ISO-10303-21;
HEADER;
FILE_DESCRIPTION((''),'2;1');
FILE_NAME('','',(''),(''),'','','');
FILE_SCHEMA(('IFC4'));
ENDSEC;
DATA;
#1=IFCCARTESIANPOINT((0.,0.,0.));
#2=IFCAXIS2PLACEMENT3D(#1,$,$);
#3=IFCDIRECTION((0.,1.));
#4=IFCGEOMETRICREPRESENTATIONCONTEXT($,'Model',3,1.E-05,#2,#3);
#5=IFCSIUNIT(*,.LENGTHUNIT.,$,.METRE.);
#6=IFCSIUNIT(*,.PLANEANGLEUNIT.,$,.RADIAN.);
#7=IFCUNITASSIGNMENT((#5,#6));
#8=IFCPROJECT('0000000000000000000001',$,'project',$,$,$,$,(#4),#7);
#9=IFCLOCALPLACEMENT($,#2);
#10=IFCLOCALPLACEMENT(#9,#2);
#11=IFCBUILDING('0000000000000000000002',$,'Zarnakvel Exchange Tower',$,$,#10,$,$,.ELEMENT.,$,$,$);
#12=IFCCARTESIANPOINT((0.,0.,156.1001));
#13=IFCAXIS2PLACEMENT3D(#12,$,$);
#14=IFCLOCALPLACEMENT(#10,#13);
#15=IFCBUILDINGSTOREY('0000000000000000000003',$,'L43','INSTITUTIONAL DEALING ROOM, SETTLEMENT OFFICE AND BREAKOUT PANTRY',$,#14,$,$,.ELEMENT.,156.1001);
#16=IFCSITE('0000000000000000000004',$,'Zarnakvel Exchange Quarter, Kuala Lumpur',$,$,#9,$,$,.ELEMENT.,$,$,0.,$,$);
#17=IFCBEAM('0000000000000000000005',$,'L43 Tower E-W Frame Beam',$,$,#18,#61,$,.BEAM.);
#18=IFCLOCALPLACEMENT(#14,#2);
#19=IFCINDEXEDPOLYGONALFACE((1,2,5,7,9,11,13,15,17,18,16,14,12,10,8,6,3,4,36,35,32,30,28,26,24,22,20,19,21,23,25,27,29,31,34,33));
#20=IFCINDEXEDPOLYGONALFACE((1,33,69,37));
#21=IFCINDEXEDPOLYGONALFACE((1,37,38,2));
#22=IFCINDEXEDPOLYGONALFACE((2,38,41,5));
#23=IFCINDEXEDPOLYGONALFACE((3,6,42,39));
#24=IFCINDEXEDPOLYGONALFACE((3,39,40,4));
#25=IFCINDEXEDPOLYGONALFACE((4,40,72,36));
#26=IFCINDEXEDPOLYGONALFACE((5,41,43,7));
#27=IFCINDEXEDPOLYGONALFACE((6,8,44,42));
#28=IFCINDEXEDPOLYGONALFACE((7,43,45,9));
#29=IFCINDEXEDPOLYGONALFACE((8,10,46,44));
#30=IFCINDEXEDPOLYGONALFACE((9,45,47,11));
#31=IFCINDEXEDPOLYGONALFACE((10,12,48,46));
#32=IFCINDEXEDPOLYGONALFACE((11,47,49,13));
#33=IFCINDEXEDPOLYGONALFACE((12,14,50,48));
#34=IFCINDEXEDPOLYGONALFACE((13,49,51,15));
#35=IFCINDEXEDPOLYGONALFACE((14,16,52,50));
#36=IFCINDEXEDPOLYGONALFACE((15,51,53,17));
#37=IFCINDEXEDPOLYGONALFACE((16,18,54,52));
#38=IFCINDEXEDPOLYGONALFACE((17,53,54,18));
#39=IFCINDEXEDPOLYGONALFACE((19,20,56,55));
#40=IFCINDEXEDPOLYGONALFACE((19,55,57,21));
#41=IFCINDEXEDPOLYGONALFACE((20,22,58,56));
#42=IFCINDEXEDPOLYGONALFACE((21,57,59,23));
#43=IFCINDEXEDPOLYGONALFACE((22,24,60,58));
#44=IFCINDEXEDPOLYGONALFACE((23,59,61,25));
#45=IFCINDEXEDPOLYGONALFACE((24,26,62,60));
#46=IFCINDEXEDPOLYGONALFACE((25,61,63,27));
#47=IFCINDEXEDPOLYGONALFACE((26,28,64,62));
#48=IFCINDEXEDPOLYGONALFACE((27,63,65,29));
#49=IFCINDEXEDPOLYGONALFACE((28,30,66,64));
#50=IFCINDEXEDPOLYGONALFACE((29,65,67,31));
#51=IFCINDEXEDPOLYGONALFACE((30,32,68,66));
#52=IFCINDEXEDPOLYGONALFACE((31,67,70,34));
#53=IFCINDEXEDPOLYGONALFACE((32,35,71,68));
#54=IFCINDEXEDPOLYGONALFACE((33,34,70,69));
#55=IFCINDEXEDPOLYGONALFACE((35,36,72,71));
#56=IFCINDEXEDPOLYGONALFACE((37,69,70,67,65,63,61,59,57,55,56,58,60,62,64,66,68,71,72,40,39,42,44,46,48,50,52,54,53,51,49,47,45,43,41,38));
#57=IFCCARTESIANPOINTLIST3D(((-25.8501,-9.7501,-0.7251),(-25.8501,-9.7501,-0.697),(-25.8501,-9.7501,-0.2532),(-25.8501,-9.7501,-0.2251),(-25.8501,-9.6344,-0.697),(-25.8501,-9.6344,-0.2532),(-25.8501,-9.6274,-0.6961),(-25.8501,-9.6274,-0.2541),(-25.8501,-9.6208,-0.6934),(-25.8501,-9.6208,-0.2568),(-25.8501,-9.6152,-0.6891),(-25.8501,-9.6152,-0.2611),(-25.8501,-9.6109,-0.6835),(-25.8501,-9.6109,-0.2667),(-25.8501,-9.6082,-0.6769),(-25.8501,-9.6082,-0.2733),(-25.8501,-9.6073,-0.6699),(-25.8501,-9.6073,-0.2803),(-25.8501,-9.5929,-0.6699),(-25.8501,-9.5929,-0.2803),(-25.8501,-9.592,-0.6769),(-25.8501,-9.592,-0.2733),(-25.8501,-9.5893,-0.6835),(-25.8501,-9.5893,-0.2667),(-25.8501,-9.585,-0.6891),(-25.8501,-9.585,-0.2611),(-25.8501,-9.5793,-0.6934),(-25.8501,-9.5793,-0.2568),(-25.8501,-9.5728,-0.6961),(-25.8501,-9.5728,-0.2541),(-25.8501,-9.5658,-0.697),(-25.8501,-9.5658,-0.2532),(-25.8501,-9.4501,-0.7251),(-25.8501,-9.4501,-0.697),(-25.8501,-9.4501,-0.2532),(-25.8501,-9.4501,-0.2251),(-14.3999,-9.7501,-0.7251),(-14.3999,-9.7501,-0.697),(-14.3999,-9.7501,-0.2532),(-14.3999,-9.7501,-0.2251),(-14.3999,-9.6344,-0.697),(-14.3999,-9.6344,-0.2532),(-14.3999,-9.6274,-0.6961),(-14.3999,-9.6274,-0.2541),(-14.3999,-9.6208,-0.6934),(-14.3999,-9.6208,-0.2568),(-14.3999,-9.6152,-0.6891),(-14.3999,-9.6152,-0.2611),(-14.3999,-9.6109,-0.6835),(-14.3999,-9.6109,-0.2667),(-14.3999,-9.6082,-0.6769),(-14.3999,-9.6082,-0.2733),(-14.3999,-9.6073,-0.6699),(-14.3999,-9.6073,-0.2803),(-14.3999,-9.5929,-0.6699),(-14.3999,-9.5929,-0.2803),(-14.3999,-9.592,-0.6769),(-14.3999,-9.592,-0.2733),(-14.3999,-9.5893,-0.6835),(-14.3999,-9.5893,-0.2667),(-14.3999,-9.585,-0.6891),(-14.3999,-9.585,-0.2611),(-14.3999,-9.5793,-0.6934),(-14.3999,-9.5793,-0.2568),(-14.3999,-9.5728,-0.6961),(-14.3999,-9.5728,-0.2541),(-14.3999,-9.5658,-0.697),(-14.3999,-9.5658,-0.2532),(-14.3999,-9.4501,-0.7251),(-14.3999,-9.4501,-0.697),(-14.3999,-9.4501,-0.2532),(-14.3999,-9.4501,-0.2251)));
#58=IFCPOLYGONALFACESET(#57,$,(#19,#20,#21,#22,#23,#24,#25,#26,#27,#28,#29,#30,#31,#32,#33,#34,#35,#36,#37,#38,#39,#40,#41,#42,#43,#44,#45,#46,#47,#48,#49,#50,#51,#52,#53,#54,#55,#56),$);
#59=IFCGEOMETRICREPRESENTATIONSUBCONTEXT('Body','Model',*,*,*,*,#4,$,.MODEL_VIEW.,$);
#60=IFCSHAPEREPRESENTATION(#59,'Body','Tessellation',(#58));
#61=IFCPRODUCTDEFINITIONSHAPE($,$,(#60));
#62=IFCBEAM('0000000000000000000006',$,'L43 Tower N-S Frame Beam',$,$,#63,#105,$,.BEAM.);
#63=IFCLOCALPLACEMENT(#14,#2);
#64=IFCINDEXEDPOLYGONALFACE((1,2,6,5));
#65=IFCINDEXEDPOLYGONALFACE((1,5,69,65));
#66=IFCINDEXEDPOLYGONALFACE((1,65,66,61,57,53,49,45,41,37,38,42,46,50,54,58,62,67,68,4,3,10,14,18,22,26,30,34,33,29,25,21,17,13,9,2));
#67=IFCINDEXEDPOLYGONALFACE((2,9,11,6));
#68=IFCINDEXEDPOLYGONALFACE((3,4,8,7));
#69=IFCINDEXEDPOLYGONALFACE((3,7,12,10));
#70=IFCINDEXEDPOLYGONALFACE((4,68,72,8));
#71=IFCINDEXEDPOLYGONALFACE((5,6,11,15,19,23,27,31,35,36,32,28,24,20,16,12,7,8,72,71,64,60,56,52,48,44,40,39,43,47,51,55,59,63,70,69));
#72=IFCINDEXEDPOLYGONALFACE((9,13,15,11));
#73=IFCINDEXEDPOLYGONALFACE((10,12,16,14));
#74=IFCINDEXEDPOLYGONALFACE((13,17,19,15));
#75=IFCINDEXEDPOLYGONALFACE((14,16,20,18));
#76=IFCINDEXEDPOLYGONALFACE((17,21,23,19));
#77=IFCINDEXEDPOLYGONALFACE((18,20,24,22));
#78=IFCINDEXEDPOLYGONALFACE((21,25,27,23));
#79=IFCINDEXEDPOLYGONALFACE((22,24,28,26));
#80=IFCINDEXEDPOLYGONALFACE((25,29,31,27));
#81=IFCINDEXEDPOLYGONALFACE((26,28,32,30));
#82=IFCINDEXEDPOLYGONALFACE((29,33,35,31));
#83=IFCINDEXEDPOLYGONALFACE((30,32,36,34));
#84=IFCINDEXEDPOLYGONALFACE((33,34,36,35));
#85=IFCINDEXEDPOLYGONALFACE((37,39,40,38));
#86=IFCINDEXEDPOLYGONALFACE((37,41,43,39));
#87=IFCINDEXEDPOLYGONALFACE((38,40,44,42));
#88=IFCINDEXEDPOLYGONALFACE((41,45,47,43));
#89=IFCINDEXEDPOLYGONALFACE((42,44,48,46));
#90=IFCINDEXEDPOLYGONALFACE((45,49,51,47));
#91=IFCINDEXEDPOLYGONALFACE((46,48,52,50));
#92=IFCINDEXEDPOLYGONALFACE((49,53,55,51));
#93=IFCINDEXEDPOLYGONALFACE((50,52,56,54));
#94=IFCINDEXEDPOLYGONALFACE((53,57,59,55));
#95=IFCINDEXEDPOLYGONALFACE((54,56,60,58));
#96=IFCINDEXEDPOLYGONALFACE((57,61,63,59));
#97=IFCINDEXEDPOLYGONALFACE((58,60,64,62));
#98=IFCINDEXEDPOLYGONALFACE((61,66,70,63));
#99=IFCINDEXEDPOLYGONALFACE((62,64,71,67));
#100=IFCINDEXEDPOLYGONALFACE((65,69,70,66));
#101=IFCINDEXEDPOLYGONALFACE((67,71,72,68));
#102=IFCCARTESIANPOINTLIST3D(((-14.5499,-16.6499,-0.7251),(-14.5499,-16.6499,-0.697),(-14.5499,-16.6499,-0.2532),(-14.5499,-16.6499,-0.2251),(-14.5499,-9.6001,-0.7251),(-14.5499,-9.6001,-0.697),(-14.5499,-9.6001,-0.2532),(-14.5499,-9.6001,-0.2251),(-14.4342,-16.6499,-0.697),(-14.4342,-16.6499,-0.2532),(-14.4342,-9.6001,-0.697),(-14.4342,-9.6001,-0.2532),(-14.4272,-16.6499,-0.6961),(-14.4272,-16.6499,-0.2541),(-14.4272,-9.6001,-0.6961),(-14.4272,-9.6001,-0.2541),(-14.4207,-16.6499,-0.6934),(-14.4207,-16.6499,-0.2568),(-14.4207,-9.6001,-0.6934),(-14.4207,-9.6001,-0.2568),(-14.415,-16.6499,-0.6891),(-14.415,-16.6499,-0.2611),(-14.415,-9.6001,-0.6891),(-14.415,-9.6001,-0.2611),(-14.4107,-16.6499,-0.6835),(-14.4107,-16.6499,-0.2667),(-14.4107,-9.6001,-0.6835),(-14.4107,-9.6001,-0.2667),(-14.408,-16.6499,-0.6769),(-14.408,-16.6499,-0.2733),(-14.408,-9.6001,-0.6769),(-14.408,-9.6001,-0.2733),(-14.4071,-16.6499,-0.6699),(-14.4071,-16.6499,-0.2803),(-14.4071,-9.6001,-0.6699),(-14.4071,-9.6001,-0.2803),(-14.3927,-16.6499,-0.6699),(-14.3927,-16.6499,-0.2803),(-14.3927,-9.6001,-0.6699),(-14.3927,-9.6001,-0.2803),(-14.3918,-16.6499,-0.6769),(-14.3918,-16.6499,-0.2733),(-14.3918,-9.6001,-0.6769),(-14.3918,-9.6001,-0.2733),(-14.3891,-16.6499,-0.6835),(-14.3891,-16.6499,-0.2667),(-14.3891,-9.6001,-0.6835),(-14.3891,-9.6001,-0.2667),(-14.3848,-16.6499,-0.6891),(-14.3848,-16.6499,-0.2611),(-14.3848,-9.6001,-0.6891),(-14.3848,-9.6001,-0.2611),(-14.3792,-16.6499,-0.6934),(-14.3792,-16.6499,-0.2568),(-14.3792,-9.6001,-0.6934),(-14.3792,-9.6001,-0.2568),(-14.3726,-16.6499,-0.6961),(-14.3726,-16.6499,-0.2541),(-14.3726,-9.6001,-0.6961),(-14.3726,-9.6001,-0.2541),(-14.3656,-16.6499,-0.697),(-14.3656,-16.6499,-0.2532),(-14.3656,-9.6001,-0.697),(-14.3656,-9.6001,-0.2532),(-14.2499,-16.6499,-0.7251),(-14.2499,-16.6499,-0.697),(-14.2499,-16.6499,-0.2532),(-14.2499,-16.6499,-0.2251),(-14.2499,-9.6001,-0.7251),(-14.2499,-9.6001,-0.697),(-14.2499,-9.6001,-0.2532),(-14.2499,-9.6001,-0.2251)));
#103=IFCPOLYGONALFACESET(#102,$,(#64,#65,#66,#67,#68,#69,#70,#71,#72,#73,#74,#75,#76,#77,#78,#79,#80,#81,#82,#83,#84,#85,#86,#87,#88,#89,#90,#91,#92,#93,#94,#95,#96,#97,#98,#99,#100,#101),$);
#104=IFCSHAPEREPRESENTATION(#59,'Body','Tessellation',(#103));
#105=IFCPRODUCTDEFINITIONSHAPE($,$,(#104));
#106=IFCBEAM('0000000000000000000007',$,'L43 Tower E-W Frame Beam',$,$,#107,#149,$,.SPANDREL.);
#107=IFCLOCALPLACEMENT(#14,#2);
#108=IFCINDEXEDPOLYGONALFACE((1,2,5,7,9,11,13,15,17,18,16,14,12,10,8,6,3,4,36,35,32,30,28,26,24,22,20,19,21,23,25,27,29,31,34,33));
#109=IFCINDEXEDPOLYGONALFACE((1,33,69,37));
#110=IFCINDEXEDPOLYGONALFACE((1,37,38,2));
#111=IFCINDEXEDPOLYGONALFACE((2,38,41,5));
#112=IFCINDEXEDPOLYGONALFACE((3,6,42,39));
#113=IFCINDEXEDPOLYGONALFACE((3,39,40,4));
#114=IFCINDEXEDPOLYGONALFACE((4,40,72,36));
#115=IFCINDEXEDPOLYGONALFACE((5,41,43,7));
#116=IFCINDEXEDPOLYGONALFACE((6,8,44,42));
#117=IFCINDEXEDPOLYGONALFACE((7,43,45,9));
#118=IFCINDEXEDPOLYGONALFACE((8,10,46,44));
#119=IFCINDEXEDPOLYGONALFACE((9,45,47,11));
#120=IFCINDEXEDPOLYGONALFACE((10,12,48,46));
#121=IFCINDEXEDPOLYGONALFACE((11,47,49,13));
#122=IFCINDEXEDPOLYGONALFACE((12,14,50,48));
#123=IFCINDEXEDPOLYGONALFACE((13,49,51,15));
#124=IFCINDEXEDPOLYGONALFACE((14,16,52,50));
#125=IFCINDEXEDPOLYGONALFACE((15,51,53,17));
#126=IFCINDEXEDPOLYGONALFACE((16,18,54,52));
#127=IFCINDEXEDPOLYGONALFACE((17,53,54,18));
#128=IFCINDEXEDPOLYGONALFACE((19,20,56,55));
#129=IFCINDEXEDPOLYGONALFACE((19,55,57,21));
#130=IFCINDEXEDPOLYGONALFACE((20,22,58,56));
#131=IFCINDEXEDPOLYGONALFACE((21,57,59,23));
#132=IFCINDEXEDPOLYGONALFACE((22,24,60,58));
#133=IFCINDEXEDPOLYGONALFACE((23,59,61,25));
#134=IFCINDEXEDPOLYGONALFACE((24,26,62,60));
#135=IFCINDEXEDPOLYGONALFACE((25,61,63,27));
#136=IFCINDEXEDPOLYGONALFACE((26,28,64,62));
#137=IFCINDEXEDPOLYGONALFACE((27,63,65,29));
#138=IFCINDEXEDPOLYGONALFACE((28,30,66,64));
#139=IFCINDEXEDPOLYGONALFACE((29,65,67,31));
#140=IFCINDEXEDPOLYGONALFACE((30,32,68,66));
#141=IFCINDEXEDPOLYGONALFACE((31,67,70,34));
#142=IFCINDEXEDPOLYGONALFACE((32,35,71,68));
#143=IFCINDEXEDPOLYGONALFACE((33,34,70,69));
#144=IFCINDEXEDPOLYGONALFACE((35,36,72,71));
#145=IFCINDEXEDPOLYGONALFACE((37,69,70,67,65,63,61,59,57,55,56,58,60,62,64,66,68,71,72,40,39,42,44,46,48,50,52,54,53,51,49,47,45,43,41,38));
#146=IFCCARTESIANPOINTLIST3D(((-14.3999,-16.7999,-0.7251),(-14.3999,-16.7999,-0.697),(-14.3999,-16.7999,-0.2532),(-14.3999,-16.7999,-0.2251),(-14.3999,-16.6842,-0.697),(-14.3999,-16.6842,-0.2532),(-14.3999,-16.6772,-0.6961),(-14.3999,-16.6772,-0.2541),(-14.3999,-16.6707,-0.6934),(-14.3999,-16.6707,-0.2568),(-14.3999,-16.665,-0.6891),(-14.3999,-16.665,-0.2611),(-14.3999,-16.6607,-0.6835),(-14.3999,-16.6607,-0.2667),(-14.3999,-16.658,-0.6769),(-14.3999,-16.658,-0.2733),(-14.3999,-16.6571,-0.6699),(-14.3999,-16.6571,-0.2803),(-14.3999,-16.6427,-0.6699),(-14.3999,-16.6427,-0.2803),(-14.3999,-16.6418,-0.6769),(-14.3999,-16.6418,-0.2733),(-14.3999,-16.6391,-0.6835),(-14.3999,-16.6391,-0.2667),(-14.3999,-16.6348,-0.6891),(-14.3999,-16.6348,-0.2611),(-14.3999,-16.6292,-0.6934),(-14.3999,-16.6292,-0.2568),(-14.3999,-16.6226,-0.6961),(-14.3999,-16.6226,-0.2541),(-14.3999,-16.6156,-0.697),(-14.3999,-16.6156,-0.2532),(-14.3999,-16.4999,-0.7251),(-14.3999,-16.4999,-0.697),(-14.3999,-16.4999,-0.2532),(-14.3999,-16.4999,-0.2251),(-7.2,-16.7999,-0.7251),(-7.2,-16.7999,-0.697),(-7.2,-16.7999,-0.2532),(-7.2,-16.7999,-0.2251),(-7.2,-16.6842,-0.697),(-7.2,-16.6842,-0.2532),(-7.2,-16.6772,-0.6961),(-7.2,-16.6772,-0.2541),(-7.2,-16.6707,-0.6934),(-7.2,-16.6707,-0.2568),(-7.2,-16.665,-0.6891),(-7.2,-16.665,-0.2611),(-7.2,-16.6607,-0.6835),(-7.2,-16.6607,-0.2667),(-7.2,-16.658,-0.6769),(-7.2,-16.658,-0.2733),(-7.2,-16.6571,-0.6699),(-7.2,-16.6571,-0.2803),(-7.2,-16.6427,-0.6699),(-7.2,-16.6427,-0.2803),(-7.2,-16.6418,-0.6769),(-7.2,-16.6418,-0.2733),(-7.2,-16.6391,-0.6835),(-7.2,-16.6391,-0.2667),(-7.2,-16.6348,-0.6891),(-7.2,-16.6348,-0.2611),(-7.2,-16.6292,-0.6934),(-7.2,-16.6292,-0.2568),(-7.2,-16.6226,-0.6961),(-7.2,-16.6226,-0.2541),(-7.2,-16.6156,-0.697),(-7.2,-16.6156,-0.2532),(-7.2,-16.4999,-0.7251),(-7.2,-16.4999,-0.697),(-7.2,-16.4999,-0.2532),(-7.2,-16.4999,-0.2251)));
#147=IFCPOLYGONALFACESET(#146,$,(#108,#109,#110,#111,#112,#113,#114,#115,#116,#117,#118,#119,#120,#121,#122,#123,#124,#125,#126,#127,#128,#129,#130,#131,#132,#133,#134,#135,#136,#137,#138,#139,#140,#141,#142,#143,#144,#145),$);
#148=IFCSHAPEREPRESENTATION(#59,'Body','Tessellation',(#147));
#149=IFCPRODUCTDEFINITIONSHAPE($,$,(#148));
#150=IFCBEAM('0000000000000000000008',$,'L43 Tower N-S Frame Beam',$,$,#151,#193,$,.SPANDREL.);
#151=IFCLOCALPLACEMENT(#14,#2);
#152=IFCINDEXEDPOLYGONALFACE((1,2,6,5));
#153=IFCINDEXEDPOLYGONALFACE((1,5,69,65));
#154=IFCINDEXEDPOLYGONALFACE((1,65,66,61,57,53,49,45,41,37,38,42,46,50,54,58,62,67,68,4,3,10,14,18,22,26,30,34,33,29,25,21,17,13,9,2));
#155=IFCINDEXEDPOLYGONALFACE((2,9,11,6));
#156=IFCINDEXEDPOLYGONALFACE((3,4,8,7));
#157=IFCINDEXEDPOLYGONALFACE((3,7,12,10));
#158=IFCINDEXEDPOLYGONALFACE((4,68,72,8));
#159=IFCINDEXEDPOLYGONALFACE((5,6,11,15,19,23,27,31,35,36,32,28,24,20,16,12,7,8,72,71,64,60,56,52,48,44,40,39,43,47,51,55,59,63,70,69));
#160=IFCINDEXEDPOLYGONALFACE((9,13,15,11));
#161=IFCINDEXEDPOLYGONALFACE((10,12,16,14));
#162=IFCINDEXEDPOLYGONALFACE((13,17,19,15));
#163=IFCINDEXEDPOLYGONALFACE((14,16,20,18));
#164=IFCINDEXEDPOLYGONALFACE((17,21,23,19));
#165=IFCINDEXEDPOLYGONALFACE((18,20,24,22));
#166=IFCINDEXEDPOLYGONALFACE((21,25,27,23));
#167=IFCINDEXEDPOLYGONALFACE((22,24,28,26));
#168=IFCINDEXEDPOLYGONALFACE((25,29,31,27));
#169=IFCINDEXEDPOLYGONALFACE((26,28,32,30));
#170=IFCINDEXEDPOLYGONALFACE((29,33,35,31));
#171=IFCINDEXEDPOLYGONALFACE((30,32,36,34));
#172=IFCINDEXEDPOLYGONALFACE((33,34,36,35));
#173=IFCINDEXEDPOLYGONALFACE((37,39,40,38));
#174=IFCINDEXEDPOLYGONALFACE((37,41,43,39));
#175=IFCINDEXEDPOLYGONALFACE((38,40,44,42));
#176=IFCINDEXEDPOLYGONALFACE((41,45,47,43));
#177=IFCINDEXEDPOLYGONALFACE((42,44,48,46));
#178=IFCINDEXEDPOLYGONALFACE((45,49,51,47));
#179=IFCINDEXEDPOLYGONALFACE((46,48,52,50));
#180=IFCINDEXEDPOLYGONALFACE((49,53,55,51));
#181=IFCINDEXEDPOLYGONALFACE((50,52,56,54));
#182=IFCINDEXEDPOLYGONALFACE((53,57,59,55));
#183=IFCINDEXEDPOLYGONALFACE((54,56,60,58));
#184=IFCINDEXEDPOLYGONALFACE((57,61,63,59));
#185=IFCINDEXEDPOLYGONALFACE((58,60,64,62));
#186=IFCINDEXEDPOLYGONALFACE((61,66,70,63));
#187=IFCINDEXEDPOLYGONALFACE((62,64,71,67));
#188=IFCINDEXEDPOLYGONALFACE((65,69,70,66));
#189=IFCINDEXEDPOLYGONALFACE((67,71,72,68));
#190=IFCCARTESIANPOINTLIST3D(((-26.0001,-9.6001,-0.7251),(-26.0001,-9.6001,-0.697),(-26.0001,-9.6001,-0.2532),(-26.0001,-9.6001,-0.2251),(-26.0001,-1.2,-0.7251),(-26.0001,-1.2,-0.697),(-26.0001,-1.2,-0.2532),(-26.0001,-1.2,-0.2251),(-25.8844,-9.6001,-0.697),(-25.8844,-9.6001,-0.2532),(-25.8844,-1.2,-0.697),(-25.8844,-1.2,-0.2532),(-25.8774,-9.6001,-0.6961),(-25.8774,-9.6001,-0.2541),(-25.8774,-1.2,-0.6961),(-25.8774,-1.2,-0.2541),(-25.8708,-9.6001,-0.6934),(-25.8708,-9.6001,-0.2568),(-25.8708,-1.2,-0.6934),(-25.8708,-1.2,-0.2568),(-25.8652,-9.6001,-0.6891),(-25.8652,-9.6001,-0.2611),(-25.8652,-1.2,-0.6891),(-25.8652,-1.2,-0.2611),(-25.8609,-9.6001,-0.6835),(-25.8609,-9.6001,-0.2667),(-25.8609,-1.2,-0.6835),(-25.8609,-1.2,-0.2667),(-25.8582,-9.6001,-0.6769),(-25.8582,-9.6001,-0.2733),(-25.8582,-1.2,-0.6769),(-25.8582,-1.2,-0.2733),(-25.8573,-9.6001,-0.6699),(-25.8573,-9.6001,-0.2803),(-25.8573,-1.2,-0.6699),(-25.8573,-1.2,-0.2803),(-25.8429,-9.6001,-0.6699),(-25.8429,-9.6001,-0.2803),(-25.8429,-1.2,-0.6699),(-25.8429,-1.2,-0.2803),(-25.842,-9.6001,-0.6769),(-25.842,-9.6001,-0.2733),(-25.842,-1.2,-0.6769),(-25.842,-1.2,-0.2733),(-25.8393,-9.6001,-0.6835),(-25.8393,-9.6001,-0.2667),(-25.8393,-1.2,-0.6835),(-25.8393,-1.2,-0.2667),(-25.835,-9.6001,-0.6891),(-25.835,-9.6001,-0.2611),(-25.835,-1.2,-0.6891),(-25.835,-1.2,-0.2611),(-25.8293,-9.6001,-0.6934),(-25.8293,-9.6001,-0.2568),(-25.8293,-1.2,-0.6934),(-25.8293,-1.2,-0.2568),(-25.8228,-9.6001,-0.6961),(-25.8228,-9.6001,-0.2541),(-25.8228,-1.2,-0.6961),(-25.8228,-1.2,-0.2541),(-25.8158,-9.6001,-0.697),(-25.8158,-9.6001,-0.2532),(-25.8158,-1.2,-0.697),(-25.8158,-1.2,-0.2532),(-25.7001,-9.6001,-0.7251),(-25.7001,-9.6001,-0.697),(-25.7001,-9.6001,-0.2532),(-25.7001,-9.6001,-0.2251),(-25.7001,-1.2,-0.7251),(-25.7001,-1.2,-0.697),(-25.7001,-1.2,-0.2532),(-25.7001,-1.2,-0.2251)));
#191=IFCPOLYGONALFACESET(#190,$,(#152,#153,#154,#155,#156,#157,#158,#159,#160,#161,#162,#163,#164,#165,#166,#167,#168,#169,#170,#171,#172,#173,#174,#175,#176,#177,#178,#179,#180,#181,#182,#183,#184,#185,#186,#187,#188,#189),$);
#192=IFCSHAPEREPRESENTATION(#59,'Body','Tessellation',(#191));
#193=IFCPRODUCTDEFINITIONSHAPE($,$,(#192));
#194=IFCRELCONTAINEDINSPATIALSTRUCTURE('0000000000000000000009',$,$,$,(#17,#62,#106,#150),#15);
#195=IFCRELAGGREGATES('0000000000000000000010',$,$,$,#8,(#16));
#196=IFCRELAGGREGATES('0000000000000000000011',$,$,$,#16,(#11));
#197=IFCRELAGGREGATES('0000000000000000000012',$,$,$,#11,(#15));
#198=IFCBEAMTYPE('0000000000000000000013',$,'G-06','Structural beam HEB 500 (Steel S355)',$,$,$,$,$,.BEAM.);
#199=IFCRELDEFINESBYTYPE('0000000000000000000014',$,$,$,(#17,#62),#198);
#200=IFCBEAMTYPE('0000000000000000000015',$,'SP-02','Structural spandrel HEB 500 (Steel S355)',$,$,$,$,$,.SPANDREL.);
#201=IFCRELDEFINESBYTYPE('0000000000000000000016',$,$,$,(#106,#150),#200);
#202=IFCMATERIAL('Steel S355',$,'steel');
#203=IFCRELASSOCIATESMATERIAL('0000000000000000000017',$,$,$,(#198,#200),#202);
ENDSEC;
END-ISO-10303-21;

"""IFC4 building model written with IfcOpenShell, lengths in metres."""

from ifc_helpers import new_model, si_unit, direction, frame, origin, origin_2d, place, context, subcontext, project, spatial, i_section, extrude, material, material_profile, profile_set, type_object, element, save


model = new_model("IFC4")

# Units and contexts
model_context = context("Model", 3, precision=1e-05, world=origin(), true_north=direction((0.0, 1.0)))
body_context = subcontext(model_context, "Body", "Model", "MODEL_VIEW")
ifc_project = project(units=[si_unit("LENGTHUNIT", "METRE"), si_unit("PLANEANGLEUNIT", "RADIAN")], contexts=[model_context])

# Site, building, storey
site_placement = place(None, origin())
site = spatial("IfcSite", under=ifc_project, at=site_placement, Name="Zarnakvel Exchange Quarter, Kuala Lumpur", CompositionType="ELEMENT", RefElevation=0.0)
building_placement = place(site_placement, origin())
building = spatial("IfcBuilding", under=site, at=building_placement, Name="Zarnakvel Exchange Tower", CompositionType="ELEMENT")
storey_placement = place(building_placement, frame((0.0, 0.0, 156.1001)))
storey = spatial("IfcBuildingStorey", under=building, at=storey_placement, Name="L43", Description="INSTITUTIONAL DEALING ROOM, SETTLEMENT OFFICE AND BREAKOUT PANTRY", CompositionType="ELEMENT", Elevation=156.1001)

# Shared definitions
ifc_material_1 = material(Name="Steel S355", Category="steel")

# Beams
ifc_material_profile_1 = material_profile(ifc_material_1, i_section(OverallWidth=0.3, OverallDepth=0.5, WebThickness=0.0144, FlangeThickness=0.0281, FilletRadius=0.0271, at=origin_2d()))
ifc_profile_set_1 = profile_set([ifc_material_profile_1], Name="Steel S355")
beam_type_1 = type_object("IfcBeamType", Name="G-06", Description="Structural beam HEB 500 (Steel S355)", PredefinedType="BEAM", material=ifc_profile_set_1)
beam_1_placement = place(storey_placement, frame((-25.8501, -9.6001, -0.4751), z_axis=(1.0, 0.0, 0.0), x_axis=(0.0, 1.0, 0.0)))
element("IfcBeam", 1, at=beam_1_placement, inside=storey, type_object=beam_type_1, Name="L43 Tower E-W Frame Beam", PredefinedType="BEAM", context=body_context, shape_type="SweptSolid", body=[
    extrude(i_section(OverallWidth=0.3, OverallDepth=0.5, WebThickness=0.0144, FlangeThickness=0.0281, FilletRadius=0.0271, at=origin_2d()), origin(), (0.0, 0.0, 1.0), 11.4502),
])
beam_2_placement = place(storey_placement, frame((-14.3999, -16.6499, -0.4751), z_axis=(0.0, 1.0, 0.0), x_axis=(-1.0, 0.0, 0.0)))
element("IfcBeam", 2, at=beam_2_placement, inside=storey, type_object=beam_type_1, Name="L43 Tower N-S Frame Beam", PredefinedType="BEAM", context=body_context, shape_type="SweptSolid", body=[
    extrude(i_section(OverallWidth=0.3, OverallDepth=0.5, WebThickness=0.0144, FlangeThickness=0.0281, FilletRadius=0.0271, at=origin_2d()), origin(), (0.0, 0.0, 1.0), 7.0498),
])
ifc_material_profile_2 = material_profile(ifc_material_1, i_section(OverallWidth=0.3, OverallDepth=0.5, WebThickness=0.0144, FlangeThickness=0.0281, FilletRadius=0.0271, at=origin_2d()))
ifc_profile_set_2 = profile_set([ifc_material_profile_2], Name="Steel S355")
beam_type_2 = type_object("IfcBeamType", Name="SP-02", Description="Structural spandrel HEB 500 (Steel S355)", PredefinedType="SPANDREL", material=ifc_profile_set_2)
beam_3_placement = place(storey_placement, frame((-14.3999, -16.6499, -0.4751), z_axis=(1.0, 0.0, 0.0), x_axis=(0.0, 1.0, 0.0)))
element("IfcBeam", 3, at=beam_3_placement, inside=storey, type_object=beam_type_2, Name="L43 Tower E-W Frame Beam", PredefinedType="SPANDREL", context=body_context, shape_type="SweptSolid", body=[
    extrude(i_section(OverallWidth=0.3, OverallDepth=0.5, WebThickness=0.0144, FlangeThickness=0.0281, FilletRadius=0.0271, at=origin_2d()), origin(), (0.0, 0.0, 1.0), 7.2),
])
beam_4_placement = place(storey_placement, frame((-25.8501, -9.6001, -0.4751), z_axis=(0.0, 1.0, 0.0), x_axis=(-1.0, 0.0, 0.0)))
element("IfcBeam", 4, at=beam_4_placement, inside=storey, type_object=beam_type_2, Name="L43 Tower N-S Frame Beam", PredefinedType="SPANDREL", context=body_context, shape_type="SweptSolid", body=[
    extrude(i_section(OverallWidth=0.3, OverallDepth=0.5, WebThickness=0.0144, FlangeThickness=0.0281, FilletRadius=0.0271, at=origin_2d()), origin(), (0.0, 0.0, 1.0), 8.4001),
])

save(model, "model.ifc")
